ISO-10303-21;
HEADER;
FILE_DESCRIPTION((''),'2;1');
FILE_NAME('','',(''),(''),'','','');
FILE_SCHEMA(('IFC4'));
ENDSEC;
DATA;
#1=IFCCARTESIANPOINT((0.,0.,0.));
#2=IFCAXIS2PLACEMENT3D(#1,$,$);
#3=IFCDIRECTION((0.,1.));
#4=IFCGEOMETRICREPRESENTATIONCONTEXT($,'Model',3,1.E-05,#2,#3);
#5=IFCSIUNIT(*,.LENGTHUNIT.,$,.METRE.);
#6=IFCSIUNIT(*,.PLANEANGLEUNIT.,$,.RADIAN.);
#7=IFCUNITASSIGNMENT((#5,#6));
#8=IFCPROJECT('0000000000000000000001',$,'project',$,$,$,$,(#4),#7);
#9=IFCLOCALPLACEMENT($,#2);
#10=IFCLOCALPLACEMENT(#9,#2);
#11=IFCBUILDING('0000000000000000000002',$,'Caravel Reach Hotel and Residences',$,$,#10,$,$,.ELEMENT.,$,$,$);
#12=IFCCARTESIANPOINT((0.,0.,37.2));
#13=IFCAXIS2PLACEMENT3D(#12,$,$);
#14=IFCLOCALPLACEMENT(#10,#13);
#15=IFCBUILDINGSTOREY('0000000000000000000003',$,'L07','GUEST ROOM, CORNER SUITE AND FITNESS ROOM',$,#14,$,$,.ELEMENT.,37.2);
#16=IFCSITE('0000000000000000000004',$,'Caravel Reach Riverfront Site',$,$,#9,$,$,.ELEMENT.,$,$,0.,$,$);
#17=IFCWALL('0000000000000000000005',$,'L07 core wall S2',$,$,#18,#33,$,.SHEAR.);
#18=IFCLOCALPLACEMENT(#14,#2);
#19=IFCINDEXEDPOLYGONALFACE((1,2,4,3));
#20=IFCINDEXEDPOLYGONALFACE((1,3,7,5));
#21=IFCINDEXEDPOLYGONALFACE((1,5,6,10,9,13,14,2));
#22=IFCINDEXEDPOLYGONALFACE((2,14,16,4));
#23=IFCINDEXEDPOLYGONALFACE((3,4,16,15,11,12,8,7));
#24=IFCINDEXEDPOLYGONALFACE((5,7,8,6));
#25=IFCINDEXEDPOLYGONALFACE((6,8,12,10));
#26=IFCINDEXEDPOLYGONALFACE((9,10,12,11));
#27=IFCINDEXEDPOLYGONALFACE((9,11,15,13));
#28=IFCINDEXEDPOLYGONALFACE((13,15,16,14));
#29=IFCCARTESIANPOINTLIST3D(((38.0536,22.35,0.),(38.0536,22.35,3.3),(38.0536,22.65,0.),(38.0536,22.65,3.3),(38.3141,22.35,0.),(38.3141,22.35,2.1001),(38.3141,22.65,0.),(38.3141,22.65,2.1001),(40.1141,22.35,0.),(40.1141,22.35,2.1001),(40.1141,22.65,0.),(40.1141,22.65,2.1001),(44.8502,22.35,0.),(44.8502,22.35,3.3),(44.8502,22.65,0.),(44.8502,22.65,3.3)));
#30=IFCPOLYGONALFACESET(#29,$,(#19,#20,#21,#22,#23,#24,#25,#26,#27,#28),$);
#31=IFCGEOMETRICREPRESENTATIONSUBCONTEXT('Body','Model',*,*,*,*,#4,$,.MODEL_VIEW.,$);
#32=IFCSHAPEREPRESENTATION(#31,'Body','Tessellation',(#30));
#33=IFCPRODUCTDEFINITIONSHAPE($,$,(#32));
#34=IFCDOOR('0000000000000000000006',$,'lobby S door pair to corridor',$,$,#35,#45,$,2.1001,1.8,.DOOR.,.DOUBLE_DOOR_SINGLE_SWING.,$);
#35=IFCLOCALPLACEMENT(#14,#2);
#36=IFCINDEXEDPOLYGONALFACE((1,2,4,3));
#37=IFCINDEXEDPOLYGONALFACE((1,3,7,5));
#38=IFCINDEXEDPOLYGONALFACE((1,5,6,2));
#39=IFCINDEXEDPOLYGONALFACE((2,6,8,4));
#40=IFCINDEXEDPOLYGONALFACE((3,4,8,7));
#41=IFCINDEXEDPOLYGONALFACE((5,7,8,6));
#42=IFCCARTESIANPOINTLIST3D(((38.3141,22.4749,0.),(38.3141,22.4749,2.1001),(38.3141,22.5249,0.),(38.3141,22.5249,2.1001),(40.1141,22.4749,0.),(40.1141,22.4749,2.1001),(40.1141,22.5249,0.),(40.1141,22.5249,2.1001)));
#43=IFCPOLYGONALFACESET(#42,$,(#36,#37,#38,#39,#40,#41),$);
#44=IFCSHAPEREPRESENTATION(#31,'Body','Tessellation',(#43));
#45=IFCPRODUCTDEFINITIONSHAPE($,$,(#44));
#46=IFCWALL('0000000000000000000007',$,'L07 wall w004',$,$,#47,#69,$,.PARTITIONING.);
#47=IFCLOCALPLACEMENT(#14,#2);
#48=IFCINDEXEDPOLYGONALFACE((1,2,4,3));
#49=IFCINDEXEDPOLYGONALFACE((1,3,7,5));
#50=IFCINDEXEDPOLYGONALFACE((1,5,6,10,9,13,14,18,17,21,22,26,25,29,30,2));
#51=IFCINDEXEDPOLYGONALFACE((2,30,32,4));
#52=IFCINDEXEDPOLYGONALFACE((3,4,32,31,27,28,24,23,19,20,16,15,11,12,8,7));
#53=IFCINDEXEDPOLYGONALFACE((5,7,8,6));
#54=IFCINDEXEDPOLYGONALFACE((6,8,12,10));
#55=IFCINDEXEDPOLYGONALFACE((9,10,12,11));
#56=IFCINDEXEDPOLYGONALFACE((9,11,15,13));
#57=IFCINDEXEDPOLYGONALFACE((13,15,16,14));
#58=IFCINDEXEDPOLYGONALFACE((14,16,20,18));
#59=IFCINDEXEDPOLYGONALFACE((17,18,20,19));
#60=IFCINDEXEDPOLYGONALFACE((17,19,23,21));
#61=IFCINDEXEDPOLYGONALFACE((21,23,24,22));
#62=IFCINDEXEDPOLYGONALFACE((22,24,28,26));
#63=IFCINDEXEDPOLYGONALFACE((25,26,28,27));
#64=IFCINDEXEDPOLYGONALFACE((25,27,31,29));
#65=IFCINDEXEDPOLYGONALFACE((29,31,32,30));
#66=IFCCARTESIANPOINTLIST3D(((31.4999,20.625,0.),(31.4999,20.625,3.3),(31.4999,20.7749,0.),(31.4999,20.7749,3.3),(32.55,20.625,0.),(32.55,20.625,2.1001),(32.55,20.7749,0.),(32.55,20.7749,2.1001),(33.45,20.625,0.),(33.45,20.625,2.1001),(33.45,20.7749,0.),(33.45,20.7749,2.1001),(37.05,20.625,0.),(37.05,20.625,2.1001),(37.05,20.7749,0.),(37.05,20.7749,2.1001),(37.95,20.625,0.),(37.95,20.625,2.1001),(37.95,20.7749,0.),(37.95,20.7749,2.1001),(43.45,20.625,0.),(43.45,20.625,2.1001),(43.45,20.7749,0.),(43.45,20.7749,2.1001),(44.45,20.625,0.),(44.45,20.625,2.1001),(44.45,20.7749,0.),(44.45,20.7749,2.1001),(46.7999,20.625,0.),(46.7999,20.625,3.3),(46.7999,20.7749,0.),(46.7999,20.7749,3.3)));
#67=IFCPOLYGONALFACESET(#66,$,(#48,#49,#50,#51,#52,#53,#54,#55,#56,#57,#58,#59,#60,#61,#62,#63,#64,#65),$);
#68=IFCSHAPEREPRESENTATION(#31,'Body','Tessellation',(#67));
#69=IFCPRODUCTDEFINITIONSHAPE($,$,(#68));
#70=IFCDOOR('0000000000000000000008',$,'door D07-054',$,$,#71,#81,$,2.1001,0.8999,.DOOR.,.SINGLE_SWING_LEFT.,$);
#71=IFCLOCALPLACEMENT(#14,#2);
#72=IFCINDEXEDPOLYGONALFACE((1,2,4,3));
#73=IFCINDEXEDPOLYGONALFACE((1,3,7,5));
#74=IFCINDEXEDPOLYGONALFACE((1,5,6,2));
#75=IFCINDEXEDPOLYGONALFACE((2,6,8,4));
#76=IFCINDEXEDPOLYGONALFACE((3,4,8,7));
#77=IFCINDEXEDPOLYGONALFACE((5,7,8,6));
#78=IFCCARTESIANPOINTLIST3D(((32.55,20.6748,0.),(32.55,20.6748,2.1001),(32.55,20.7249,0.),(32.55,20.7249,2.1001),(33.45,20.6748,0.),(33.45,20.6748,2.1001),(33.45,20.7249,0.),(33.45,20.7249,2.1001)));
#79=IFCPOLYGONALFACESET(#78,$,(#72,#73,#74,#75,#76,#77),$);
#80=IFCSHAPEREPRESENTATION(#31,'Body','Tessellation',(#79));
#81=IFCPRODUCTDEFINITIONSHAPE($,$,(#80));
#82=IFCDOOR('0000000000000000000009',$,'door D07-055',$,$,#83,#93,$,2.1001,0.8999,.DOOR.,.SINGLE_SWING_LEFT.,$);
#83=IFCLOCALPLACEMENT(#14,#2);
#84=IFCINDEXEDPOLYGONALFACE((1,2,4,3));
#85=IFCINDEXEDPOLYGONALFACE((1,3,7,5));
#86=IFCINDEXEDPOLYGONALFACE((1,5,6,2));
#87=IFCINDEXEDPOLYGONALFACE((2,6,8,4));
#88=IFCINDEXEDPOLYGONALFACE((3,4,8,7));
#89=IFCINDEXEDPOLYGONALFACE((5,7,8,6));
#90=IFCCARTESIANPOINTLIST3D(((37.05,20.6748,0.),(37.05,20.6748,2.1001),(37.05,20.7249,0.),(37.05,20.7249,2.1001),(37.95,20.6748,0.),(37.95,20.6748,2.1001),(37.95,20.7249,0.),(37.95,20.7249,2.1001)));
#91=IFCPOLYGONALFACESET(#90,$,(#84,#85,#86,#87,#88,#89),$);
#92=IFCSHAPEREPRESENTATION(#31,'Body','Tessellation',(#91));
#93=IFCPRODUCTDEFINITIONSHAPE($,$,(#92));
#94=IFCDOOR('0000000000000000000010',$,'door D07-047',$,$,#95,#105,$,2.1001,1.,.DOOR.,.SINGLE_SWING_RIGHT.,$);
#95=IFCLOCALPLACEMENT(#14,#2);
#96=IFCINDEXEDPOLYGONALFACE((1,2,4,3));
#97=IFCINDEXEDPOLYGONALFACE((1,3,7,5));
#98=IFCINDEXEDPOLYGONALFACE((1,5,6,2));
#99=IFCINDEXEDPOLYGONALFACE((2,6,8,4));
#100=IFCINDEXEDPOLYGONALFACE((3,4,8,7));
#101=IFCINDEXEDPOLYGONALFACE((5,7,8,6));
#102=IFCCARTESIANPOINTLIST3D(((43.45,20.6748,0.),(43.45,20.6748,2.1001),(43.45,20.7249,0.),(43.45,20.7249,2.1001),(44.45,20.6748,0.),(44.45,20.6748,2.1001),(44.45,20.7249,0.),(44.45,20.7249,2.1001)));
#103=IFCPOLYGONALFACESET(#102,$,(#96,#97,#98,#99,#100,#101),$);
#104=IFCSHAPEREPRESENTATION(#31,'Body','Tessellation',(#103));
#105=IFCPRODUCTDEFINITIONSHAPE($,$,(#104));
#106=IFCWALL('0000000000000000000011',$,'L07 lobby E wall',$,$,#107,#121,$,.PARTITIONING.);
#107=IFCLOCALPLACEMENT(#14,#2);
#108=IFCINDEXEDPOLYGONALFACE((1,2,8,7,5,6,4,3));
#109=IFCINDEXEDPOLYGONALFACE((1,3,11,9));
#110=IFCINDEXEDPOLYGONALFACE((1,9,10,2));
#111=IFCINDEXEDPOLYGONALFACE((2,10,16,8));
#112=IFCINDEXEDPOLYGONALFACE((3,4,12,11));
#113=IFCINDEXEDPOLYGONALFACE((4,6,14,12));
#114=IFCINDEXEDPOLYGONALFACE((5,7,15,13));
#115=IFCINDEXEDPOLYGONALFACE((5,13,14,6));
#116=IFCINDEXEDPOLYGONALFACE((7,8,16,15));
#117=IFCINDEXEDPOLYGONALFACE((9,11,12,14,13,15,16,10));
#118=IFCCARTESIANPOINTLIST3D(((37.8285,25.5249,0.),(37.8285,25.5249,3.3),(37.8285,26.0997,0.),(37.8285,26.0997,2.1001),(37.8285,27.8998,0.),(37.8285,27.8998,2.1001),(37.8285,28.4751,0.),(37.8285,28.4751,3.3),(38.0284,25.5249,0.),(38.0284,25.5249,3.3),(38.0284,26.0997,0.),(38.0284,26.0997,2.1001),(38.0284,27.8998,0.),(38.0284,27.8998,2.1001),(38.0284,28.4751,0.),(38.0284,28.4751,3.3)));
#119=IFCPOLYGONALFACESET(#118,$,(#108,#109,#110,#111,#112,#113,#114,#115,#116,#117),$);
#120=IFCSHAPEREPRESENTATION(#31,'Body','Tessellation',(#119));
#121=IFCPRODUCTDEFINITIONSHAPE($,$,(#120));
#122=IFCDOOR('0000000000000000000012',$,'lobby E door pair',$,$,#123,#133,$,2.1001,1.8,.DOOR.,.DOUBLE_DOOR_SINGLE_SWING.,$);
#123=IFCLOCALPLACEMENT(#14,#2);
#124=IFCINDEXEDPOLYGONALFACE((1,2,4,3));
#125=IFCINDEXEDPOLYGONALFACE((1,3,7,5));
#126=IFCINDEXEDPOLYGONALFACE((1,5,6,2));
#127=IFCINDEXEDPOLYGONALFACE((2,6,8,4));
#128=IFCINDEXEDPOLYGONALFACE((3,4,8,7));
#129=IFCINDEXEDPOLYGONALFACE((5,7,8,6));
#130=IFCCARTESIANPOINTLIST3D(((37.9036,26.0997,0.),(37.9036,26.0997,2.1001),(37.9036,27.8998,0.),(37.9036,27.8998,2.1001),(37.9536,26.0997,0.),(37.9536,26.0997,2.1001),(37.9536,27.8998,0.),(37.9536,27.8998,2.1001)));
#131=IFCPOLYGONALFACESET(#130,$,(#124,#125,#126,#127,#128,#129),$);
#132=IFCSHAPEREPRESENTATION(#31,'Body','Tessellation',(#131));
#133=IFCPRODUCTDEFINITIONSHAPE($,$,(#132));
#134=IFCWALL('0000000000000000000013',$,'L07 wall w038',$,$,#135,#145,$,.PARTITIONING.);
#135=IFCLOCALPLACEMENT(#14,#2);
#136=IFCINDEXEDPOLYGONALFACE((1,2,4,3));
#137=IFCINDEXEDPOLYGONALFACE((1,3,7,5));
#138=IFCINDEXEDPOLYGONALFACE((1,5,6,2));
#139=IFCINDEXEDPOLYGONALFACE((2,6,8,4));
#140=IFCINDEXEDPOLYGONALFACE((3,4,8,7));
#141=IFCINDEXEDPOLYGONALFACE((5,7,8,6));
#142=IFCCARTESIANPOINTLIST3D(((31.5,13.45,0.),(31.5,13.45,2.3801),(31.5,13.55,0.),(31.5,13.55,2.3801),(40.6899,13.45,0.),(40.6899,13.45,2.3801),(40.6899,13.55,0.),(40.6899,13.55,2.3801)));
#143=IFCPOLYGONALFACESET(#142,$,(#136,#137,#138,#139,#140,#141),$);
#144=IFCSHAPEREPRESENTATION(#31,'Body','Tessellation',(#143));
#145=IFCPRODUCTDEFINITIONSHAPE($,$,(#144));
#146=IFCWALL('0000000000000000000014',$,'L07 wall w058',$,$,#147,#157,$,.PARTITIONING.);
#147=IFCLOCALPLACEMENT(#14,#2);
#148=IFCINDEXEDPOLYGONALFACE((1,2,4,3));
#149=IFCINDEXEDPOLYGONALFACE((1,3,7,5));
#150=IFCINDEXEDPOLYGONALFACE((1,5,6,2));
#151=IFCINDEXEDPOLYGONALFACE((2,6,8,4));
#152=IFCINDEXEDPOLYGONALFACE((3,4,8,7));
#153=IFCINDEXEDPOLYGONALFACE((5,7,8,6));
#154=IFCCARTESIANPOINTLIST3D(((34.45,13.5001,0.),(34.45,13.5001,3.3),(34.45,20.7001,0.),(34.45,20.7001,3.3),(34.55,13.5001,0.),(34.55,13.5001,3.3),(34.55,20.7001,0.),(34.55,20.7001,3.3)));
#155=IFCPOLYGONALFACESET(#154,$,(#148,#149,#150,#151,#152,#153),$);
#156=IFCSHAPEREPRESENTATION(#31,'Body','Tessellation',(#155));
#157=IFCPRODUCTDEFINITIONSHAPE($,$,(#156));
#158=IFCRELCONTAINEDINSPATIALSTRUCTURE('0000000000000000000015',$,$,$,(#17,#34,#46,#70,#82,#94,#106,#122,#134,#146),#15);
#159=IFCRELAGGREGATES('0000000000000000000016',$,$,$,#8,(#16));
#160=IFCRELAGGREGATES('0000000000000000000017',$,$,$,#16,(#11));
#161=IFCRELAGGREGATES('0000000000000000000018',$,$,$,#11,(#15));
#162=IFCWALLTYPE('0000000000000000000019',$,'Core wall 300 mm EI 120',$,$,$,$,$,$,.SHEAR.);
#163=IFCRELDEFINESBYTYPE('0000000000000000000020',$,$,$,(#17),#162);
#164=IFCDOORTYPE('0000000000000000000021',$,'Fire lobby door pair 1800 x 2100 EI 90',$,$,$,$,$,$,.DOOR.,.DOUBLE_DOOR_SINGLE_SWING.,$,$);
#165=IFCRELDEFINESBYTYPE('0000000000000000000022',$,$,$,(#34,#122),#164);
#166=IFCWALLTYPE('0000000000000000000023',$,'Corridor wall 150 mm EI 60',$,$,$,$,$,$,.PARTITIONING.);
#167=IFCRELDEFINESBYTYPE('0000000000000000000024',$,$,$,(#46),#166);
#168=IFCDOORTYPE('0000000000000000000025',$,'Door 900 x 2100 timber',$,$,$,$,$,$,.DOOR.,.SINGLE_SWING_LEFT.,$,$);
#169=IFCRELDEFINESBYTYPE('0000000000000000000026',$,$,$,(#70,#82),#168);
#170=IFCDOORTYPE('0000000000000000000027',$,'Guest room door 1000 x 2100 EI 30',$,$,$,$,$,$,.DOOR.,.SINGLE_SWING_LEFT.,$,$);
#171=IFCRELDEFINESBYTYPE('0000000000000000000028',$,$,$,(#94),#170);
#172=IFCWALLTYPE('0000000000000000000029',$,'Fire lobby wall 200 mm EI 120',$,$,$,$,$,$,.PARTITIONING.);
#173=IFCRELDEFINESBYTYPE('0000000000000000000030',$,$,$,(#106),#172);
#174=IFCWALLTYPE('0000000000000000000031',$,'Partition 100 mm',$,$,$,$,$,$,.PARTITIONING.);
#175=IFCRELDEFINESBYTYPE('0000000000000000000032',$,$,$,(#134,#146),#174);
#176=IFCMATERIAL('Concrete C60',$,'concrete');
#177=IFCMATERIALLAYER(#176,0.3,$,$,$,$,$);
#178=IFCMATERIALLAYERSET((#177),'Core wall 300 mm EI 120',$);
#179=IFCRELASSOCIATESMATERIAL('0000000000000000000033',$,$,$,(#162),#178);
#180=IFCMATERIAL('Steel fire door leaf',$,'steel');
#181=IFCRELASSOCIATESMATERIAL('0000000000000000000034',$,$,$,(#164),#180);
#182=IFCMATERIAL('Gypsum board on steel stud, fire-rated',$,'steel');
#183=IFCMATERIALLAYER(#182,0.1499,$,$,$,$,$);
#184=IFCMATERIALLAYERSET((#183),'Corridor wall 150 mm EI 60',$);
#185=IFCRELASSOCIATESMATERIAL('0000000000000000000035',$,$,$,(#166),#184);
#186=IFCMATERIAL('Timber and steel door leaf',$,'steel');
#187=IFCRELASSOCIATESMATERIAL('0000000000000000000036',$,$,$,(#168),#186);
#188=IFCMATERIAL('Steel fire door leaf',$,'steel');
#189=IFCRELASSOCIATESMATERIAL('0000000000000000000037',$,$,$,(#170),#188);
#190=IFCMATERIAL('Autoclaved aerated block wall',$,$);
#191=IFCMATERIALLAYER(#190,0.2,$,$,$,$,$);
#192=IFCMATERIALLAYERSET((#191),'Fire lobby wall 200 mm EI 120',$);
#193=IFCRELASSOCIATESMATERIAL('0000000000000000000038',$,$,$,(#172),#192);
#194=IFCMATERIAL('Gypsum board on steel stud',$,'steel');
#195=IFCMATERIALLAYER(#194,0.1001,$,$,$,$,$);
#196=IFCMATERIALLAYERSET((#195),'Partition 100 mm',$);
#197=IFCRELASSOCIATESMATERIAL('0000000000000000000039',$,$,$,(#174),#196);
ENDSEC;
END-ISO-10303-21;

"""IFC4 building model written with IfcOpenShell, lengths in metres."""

from ifc_helpers import new_model, si_unit, direction, frame, frame_2d, origin, place, context, subcontext, project, spatial, rectangle, extrude, material, layer, layer_set, type_object, element, fill, save


model = new_model("IFC4")

# Units and contexts
model_context = context("Model", 3, precision=1e-05, world=origin(), true_north=direction((0.0, 1.0)))
body_context = subcontext(model_context, "Body", "Model", "MODEL_VIEW")
ifc_project = project(units=[si_unit("LENGTHUNIT", "METRE"), si_unit("PLANEANGLEUNIT", "RADIAN")], contexts=[model_context])

# Site, building, storey
site_placement = place(None, origin())
site = spatial("IfcSite", under=ifc_project, at=site_placement, Name="Caravel Reach Riverfront Site", CompositionType="ELEMENT", RefElevation=0.0)
building_placement = place(site_placement, origin())
building = spatial("IfcBuilding", under=site, at=building_placement, Name="Caravel Reach Hotel and Residences", CompositionType="ELEMENT")
storey_placement = place(building_placement, frame((0.0, 0.0, 37.2)))
storey = spatial("IfcBuildingStorey", under=building, at=storey_placement, Name="L07", Description="GUEST ROOM, CORNER SUITE AND FITNESS ROOM", CompositionType="ELEMENT", Elevation=37.2)

# Wall, opening, door
ifc_material_1 = material(Name="Concrete C60", Category="concrete")
ifc_layer_1 = layer(ifc_material_1, 0.3)
ifc_layer_set_1 = layer_set([ifc_layer_1], Name="Core wall 300 mm EI 120")
wall_type_1 = type_object("IfcWallType", Name="Core wall 300 mm EI 120", PredefinedType="SHEAR", material=ifc_layer_set_1)
wall_1_placement = place(storey_placement, frame((38.0535, 22.5, 0.0), z_axis=(0.0, 0.0, 1.0), x_axis=(1.0, 0.0, 0.0)))
wall_1 = element("IfcWall", 1, at=wall_1_placement, inside=storey, type_object=wall_type_1, Name="L07 core wall S2", PredefinedType="SHEAR", context=body_context, shape_type="SweptSolid", body=[
    extrude(rectangle(XDim=6.7966, YDim=0.3, at=frame_2d((3.3984, 0.0))), origin(), (0.0, 0.0, 1.0), 3.3),
])
opening_1_placement = place(wall_1_placement, frame((0.2607, 0.0, 0.0)))
opening_1 = element("IfcOpeningElement", 2, at=opening_1_placement, cuts=wall_1, PredefinedType="OPENING", context=body_context, shape_type="SweptSolid", body=[
    extrude(rectangle(XDim=1.8, YDim=2.1001, at=frame_2d((0.8999, 1.05))), frame((0.0, 0.1599, 0.0), z_axis=(0.0, -1.0, 0.0), x_axis=(1.0, 0.0, 0.0)), (0.0, 0.0, 1.0), 0.3201),
])
ifc_material_2 = material(Name="Steel fire door leaf", Category="steel")
door_type_1 = type_object("IfcDoorType", Name="Fire lobby door pair 1800 x 2100 EI 90", OperationType="DOUBLE_DOOR_SINGLE_SWING", PredefinedType="DOOR", material=ifc_material_2)
door_1_placement = place(opening_1_placement, origin())
door_1 = element("IfcDoor", 3, at=door_1_placement, inside=storey, type_object=door_type_1, Name="lobby S door pair to corridor", OperationType="DOUBLE_DOOR_SINGLE_SWING", OverallHeight=2.1001, OverallWidth=1.8, PredefinedType="DOOR", context=body_context, shape_type="SweptSolid", body=[
    extrude(rectangle(XDim=1.8, YDim=2.1001, at=frame_2d((0.8999, 1.05))), frame((0.0, 0.0249, 0.0), z_axis=(0.0, -1.0, 0.0), x_axis=(1.0, 0.0, 0.0)), (0.0, 0.0, 1.0), 0.05),
])
fill(opening_1, door_1)

# Wall, openings, doors
ifc_material_3 = material(Name="Gypsum board on steel stud, fire-rated", Category="steel")
ifc_layer_2 = layer(ifc_material_3, 0.1499)
ifc_layer_set_2 = layer_set([ifc_layer_2], Name="Corridor wall 150 mm EI 60")
wall_type_2 = type_object("IfcWallType", Name="Corridor wall 150 mm EI 60", PredefinedType="PARTITIONING", material=ifc_layer_set_2)
wall_2_placement = place(storey_placement, frame((31.5, 20.7, 0.0), z_axis=(0.0, 0.0, 1.0), x_axis=(1.0, 0.0, 0.0)))
wall_2 = element("IfcWall", 4, at=wall_2_placement, inside=storey, type_object=wall_type_2, Name="L07 wall w004", PredefinedType="PARTITIONING", context=body_context, shape_type="SweptSolid", body=[
    extrude(rectangle(XDim=15.3, YDim=0.1499, at=frame_2d((7.6499, 0.0))), origin(), (0.0, 0.0, 1.0), 3.3),
])
opening_2_placement = place(wall_2_placement, frame((11.95, 0.0, 0.0)))
opening_2 = element("IfcOpeningElement", 5, at=opening_2_placement, cuts=wall_2, PredefinedType="OPENING", context=body_context, shape_type="SweptSolid", body=[
    extrude(rectangle(XDim=1.0, YDim=2.1001, at=frame_2d((0.5, 1.05))), frame((0.0, 0.085, 0.0), z_axis=(0.0, -1.0, 0.0), x_axis=(1.0, 0.0, 0.0)), (0.0, 0.0, 1.0), 0.1699),
])
opening_3_placement = place(wall_2_placement, frame((1.05, 0.0, 0.0)))
opening_3 = element("IfcOpeningElement", 6, at=opening_3_placement, cuts=wall_2, PredefinedType="OPENING", context=body_context, shape_type="SweptSolid", body=[
    extrude(rectangle(XDim=0.8999, YDim=2.1001, at=frame_2d((0.45, 1.05))), frame((0.0, 0.085, 0.0), z_axis=(0.0, -1.0, 0.0), x_axis=(1.0, 0.0, 0.0)), (0.0, 0.0, 1.0), 0.1699),
])
opening_4_placement = place(wall_2_placement, frame((5.55, 0.0, 0.0)))
opening_4 = element("IfcOpeningElement", 7, at=opening_4_placement, cuts=wall_2, PredefinedType="OPENING", context=body_context, shape_type="SweptSolid", body=[
    extrude(rectangle(XDim=0.8999, YDim=2.1001, at=frame_2d((0.45, 1.05))), frame((0.0, 0.085, 0.0), z_axis=(0.0, -1.0, 0.0), x_axis=(1.0, 0.0, 0.0)), (0.0, 0.0, 1.0), 0.1699),
])
ifc_material_4 = material(Name="Timber and steel door leaf", Category="steel")
door_type_2 = type_object("IfcDoorType", Name="Door 900 x 2100 timber", OperationType="SINGLE_SWING_LEFT", PredefinedType="DOOR", material=ifc_material_4)
door_2_placement = place(opening_3_placement, origin())
door_2 = element("IfcDoor", 8, at=door_2_placement, inside=storey, type_object=door_type_2, Name="door D07-054", OperationType="SINGLE_SWING_LEFT", OverallHeight=2.1001, OverallWidth=0.8999, PredefinedType="DOOR", context=body_context, shape_type="SweptSolid", body=[
    extrude(rectangle(XDim=0.8999, YDim=2.1001, at=frame_2d((0.45, 1.05))), frame((0.0, 0.0249, 0.0), z_axis=(0.0, -1.0, 0.0), x_axis=(1.0, 0.0, 0.0)), (0.0, 0.0, 1.0), 0.05),
])
fill(opening_3, door_2)
door_3_placement = place(opening_4_placement, origin())
door_3 = element("IfcDoor", 9, at=door_3_placement, inside=storey, type_object=door_type_2, Name="door D07-055", OperationType="SINGLE_SWING_LEFT", OverallHeight=2.1001, OverallWidth=0.8999, PredefinedType="DOOR", context=body_context, shape_type="SweptSolid", body=[
    extrude(rectangle(XDim=0.8999, YDim=2.1001, at=frame_2d((0.45, 1.05))), frame((0.0, 0.0249, 0.0), z_axis=(0.0, -1.0, 0.0), x_axis=(1.0, 0.0, 0.0)), (0.0, 0.0, 1.0), 0.05),
])
fill(opening_4, door_3)
ifc_material_5 = material(Name="Steel fire door leaf", Category="steel")
door_type_3 = type_object("IfcDoorType", Name="Guest room door 1000 x 2100 EI 30", OperationType="SINGLE_SWING_LEFT", PredefinedType="DOOR", material=ifc_material_5)
door_4_placement = place(opening_2_placement, origin())
door_4 = element("IfcDoor", 10, at=door_4_placement, inside=storey, type_object=door_type_3, Name="door D07-047", OperationType="SINGLE_SWING_RIGHT", OverallHeight=2.1001, OverallWidth=1.0, PredefinedType="DOOR", context=body_context, shape_type="SweptSolid", body=[
    extrude(rectangle(XDim=1.0, YDim=2.1001, at=frame_2d((0.5, 1.05))), frame((0.0, 0.0249, 0.0), z_axis=(0.0, -1.0, 0.0), x_axis=(1.0, 0.0, 0.0)), (0.0, 0.0, 1.0), 0.05),
])
fill(opening_2, door_4)

# Wall, opening, door
ifc_material_6 = material(Name="Autoclaved aerated block wall")
ifc_layer_3 = layer(ifc_material_6, 0.2)
ifc_layer_set_3 = layer_set([ifc_layer_3], Name="Fire lobby wall 200 mm EI 120")
wall_type_3 = type_object("IfcWallType", Name="Fire lobby wall 200 mm EI 120", PredefinedType="PARTITIONING", material=ifc_layer_set_3)
wall_3_placement = place(storey_placement, frame((37.9285, 25.5249, 0.0), z_axis=(0.0, 0.0, 1.0), x_axis=(0.0, 1.0, 0.0)))
wall_3 = element("IfcWall", 11, at=wall_3_placement, inside=storey, type_object=wall_type_3, Name="L07 lobby E wall", PredefinedType="PARTITIONING", context=body_context, shape_type="SweptSolid", body=[
    extrude(rectangle(XDim=2.9502, YDim=0.2, at=frame_2d((1.4751, 0.0))), origin(), (0.0, 0.0, 1.0), 3.3),
])
opening_5_placement = place(wall_3_placement, frame((0.575, 0.0, 0.0)))
opening_5 = element("IfcOpeningElement", 12, at=opening_5_placement, cuts=wall_3, PredefinedType="OPENING", context=body_context, shape_type="SweptSolid", body=[
    extrude(rectangle(XDim=1.8, YDim=2.1001, at=frame_2d((0.8999, 1.05))), frame((0.0, 0.1099, 0.0), z_axis=(0.0, -1.0, 0.0), x_axis=(1.0, 0.0, 0.0)), (0.0, 0.0, 1.0), 0.22),
])
door_5_placement = place(opening_5_placement, origin())
door_5 = element("IfcDoor", 13, at=door_5_placement, inside=storey, type_object=door_type_1, Name="lobby E door pair", OperationType="DOUBLE_DOOR_SINGLE_SWING", OverallHeight=2.1001, OverallWidth=1.8, PredefinedType="DOOR", context=body_context, shape_type="SweptSolid", body=[
    extrude(rectangle(XDim=1.8, YDim=2.1001, at=frame_2d((0.8999, 1.05))), frame((0.0, 0.0249, 0.0), z_axis=(0.0, -1.0, 0.0), x_axis=(1.0, 0.0, 0.0)), (0.0, 0.0, 1.0), 0.05),
])
fill(opening_5, door_5)

# Walls
ifc_material_7 = material(Name="Gypsum board on steel stud", Category="steel")
ifc_layer_4 = layer(ifc_material_7, 0.1001)
ifc_layer_set_4 = layer_set([ifc_layer_4], Name="Partition 100 mm")
wall_type_4 = type_object("IfcWallType", Name="Partition 100 mm", PredefinedType="PARTITIONING", material=ifc_layer_set_4)
wall_4_placement = place(storey_placement, frame((31.5, 13.5, 0.0), z_axis=(0.0, 0.0, 1.0), x_axis=(1.0, 0.0, 0.0)))
element("IfcWall", 14, at=wall_4_placement, inside=storey, type_object=wall_type_4, Name="L07 wall w038", PredefinedType="PARTITIONING", context=body_context, shape_type="SweptSolid", body=[
    extrude(rectangle(XDim=9.1899, YDim=0.1001, at=frame_2d((4.595, 0.0))), origin(), (0.0, 0.0, 1.0), 2.3801),
])
wall_5_placement = place(storey_placement, frame((34.5, 13.5, 0.0), z_axis=(0.0, 0.0, 1.0), x_axis=(0.0, 1.0, 0.0)))
element("IfcWall", 15, at=wall_5_placement, inside=storey, type_object=wall_type_4, Name="L07 wall w058", PredefinedType="PARTITIONING", context=body_context, shape_type="SweptSolid", body=[
    extrude(rectangle(XDim=7.2, YDim=0.1001, at=frame_2d((3.6001, 0.0))), origin(), (0.0, 0.0, 1.0), 3.3),
])

save(model, "model.ifc")
